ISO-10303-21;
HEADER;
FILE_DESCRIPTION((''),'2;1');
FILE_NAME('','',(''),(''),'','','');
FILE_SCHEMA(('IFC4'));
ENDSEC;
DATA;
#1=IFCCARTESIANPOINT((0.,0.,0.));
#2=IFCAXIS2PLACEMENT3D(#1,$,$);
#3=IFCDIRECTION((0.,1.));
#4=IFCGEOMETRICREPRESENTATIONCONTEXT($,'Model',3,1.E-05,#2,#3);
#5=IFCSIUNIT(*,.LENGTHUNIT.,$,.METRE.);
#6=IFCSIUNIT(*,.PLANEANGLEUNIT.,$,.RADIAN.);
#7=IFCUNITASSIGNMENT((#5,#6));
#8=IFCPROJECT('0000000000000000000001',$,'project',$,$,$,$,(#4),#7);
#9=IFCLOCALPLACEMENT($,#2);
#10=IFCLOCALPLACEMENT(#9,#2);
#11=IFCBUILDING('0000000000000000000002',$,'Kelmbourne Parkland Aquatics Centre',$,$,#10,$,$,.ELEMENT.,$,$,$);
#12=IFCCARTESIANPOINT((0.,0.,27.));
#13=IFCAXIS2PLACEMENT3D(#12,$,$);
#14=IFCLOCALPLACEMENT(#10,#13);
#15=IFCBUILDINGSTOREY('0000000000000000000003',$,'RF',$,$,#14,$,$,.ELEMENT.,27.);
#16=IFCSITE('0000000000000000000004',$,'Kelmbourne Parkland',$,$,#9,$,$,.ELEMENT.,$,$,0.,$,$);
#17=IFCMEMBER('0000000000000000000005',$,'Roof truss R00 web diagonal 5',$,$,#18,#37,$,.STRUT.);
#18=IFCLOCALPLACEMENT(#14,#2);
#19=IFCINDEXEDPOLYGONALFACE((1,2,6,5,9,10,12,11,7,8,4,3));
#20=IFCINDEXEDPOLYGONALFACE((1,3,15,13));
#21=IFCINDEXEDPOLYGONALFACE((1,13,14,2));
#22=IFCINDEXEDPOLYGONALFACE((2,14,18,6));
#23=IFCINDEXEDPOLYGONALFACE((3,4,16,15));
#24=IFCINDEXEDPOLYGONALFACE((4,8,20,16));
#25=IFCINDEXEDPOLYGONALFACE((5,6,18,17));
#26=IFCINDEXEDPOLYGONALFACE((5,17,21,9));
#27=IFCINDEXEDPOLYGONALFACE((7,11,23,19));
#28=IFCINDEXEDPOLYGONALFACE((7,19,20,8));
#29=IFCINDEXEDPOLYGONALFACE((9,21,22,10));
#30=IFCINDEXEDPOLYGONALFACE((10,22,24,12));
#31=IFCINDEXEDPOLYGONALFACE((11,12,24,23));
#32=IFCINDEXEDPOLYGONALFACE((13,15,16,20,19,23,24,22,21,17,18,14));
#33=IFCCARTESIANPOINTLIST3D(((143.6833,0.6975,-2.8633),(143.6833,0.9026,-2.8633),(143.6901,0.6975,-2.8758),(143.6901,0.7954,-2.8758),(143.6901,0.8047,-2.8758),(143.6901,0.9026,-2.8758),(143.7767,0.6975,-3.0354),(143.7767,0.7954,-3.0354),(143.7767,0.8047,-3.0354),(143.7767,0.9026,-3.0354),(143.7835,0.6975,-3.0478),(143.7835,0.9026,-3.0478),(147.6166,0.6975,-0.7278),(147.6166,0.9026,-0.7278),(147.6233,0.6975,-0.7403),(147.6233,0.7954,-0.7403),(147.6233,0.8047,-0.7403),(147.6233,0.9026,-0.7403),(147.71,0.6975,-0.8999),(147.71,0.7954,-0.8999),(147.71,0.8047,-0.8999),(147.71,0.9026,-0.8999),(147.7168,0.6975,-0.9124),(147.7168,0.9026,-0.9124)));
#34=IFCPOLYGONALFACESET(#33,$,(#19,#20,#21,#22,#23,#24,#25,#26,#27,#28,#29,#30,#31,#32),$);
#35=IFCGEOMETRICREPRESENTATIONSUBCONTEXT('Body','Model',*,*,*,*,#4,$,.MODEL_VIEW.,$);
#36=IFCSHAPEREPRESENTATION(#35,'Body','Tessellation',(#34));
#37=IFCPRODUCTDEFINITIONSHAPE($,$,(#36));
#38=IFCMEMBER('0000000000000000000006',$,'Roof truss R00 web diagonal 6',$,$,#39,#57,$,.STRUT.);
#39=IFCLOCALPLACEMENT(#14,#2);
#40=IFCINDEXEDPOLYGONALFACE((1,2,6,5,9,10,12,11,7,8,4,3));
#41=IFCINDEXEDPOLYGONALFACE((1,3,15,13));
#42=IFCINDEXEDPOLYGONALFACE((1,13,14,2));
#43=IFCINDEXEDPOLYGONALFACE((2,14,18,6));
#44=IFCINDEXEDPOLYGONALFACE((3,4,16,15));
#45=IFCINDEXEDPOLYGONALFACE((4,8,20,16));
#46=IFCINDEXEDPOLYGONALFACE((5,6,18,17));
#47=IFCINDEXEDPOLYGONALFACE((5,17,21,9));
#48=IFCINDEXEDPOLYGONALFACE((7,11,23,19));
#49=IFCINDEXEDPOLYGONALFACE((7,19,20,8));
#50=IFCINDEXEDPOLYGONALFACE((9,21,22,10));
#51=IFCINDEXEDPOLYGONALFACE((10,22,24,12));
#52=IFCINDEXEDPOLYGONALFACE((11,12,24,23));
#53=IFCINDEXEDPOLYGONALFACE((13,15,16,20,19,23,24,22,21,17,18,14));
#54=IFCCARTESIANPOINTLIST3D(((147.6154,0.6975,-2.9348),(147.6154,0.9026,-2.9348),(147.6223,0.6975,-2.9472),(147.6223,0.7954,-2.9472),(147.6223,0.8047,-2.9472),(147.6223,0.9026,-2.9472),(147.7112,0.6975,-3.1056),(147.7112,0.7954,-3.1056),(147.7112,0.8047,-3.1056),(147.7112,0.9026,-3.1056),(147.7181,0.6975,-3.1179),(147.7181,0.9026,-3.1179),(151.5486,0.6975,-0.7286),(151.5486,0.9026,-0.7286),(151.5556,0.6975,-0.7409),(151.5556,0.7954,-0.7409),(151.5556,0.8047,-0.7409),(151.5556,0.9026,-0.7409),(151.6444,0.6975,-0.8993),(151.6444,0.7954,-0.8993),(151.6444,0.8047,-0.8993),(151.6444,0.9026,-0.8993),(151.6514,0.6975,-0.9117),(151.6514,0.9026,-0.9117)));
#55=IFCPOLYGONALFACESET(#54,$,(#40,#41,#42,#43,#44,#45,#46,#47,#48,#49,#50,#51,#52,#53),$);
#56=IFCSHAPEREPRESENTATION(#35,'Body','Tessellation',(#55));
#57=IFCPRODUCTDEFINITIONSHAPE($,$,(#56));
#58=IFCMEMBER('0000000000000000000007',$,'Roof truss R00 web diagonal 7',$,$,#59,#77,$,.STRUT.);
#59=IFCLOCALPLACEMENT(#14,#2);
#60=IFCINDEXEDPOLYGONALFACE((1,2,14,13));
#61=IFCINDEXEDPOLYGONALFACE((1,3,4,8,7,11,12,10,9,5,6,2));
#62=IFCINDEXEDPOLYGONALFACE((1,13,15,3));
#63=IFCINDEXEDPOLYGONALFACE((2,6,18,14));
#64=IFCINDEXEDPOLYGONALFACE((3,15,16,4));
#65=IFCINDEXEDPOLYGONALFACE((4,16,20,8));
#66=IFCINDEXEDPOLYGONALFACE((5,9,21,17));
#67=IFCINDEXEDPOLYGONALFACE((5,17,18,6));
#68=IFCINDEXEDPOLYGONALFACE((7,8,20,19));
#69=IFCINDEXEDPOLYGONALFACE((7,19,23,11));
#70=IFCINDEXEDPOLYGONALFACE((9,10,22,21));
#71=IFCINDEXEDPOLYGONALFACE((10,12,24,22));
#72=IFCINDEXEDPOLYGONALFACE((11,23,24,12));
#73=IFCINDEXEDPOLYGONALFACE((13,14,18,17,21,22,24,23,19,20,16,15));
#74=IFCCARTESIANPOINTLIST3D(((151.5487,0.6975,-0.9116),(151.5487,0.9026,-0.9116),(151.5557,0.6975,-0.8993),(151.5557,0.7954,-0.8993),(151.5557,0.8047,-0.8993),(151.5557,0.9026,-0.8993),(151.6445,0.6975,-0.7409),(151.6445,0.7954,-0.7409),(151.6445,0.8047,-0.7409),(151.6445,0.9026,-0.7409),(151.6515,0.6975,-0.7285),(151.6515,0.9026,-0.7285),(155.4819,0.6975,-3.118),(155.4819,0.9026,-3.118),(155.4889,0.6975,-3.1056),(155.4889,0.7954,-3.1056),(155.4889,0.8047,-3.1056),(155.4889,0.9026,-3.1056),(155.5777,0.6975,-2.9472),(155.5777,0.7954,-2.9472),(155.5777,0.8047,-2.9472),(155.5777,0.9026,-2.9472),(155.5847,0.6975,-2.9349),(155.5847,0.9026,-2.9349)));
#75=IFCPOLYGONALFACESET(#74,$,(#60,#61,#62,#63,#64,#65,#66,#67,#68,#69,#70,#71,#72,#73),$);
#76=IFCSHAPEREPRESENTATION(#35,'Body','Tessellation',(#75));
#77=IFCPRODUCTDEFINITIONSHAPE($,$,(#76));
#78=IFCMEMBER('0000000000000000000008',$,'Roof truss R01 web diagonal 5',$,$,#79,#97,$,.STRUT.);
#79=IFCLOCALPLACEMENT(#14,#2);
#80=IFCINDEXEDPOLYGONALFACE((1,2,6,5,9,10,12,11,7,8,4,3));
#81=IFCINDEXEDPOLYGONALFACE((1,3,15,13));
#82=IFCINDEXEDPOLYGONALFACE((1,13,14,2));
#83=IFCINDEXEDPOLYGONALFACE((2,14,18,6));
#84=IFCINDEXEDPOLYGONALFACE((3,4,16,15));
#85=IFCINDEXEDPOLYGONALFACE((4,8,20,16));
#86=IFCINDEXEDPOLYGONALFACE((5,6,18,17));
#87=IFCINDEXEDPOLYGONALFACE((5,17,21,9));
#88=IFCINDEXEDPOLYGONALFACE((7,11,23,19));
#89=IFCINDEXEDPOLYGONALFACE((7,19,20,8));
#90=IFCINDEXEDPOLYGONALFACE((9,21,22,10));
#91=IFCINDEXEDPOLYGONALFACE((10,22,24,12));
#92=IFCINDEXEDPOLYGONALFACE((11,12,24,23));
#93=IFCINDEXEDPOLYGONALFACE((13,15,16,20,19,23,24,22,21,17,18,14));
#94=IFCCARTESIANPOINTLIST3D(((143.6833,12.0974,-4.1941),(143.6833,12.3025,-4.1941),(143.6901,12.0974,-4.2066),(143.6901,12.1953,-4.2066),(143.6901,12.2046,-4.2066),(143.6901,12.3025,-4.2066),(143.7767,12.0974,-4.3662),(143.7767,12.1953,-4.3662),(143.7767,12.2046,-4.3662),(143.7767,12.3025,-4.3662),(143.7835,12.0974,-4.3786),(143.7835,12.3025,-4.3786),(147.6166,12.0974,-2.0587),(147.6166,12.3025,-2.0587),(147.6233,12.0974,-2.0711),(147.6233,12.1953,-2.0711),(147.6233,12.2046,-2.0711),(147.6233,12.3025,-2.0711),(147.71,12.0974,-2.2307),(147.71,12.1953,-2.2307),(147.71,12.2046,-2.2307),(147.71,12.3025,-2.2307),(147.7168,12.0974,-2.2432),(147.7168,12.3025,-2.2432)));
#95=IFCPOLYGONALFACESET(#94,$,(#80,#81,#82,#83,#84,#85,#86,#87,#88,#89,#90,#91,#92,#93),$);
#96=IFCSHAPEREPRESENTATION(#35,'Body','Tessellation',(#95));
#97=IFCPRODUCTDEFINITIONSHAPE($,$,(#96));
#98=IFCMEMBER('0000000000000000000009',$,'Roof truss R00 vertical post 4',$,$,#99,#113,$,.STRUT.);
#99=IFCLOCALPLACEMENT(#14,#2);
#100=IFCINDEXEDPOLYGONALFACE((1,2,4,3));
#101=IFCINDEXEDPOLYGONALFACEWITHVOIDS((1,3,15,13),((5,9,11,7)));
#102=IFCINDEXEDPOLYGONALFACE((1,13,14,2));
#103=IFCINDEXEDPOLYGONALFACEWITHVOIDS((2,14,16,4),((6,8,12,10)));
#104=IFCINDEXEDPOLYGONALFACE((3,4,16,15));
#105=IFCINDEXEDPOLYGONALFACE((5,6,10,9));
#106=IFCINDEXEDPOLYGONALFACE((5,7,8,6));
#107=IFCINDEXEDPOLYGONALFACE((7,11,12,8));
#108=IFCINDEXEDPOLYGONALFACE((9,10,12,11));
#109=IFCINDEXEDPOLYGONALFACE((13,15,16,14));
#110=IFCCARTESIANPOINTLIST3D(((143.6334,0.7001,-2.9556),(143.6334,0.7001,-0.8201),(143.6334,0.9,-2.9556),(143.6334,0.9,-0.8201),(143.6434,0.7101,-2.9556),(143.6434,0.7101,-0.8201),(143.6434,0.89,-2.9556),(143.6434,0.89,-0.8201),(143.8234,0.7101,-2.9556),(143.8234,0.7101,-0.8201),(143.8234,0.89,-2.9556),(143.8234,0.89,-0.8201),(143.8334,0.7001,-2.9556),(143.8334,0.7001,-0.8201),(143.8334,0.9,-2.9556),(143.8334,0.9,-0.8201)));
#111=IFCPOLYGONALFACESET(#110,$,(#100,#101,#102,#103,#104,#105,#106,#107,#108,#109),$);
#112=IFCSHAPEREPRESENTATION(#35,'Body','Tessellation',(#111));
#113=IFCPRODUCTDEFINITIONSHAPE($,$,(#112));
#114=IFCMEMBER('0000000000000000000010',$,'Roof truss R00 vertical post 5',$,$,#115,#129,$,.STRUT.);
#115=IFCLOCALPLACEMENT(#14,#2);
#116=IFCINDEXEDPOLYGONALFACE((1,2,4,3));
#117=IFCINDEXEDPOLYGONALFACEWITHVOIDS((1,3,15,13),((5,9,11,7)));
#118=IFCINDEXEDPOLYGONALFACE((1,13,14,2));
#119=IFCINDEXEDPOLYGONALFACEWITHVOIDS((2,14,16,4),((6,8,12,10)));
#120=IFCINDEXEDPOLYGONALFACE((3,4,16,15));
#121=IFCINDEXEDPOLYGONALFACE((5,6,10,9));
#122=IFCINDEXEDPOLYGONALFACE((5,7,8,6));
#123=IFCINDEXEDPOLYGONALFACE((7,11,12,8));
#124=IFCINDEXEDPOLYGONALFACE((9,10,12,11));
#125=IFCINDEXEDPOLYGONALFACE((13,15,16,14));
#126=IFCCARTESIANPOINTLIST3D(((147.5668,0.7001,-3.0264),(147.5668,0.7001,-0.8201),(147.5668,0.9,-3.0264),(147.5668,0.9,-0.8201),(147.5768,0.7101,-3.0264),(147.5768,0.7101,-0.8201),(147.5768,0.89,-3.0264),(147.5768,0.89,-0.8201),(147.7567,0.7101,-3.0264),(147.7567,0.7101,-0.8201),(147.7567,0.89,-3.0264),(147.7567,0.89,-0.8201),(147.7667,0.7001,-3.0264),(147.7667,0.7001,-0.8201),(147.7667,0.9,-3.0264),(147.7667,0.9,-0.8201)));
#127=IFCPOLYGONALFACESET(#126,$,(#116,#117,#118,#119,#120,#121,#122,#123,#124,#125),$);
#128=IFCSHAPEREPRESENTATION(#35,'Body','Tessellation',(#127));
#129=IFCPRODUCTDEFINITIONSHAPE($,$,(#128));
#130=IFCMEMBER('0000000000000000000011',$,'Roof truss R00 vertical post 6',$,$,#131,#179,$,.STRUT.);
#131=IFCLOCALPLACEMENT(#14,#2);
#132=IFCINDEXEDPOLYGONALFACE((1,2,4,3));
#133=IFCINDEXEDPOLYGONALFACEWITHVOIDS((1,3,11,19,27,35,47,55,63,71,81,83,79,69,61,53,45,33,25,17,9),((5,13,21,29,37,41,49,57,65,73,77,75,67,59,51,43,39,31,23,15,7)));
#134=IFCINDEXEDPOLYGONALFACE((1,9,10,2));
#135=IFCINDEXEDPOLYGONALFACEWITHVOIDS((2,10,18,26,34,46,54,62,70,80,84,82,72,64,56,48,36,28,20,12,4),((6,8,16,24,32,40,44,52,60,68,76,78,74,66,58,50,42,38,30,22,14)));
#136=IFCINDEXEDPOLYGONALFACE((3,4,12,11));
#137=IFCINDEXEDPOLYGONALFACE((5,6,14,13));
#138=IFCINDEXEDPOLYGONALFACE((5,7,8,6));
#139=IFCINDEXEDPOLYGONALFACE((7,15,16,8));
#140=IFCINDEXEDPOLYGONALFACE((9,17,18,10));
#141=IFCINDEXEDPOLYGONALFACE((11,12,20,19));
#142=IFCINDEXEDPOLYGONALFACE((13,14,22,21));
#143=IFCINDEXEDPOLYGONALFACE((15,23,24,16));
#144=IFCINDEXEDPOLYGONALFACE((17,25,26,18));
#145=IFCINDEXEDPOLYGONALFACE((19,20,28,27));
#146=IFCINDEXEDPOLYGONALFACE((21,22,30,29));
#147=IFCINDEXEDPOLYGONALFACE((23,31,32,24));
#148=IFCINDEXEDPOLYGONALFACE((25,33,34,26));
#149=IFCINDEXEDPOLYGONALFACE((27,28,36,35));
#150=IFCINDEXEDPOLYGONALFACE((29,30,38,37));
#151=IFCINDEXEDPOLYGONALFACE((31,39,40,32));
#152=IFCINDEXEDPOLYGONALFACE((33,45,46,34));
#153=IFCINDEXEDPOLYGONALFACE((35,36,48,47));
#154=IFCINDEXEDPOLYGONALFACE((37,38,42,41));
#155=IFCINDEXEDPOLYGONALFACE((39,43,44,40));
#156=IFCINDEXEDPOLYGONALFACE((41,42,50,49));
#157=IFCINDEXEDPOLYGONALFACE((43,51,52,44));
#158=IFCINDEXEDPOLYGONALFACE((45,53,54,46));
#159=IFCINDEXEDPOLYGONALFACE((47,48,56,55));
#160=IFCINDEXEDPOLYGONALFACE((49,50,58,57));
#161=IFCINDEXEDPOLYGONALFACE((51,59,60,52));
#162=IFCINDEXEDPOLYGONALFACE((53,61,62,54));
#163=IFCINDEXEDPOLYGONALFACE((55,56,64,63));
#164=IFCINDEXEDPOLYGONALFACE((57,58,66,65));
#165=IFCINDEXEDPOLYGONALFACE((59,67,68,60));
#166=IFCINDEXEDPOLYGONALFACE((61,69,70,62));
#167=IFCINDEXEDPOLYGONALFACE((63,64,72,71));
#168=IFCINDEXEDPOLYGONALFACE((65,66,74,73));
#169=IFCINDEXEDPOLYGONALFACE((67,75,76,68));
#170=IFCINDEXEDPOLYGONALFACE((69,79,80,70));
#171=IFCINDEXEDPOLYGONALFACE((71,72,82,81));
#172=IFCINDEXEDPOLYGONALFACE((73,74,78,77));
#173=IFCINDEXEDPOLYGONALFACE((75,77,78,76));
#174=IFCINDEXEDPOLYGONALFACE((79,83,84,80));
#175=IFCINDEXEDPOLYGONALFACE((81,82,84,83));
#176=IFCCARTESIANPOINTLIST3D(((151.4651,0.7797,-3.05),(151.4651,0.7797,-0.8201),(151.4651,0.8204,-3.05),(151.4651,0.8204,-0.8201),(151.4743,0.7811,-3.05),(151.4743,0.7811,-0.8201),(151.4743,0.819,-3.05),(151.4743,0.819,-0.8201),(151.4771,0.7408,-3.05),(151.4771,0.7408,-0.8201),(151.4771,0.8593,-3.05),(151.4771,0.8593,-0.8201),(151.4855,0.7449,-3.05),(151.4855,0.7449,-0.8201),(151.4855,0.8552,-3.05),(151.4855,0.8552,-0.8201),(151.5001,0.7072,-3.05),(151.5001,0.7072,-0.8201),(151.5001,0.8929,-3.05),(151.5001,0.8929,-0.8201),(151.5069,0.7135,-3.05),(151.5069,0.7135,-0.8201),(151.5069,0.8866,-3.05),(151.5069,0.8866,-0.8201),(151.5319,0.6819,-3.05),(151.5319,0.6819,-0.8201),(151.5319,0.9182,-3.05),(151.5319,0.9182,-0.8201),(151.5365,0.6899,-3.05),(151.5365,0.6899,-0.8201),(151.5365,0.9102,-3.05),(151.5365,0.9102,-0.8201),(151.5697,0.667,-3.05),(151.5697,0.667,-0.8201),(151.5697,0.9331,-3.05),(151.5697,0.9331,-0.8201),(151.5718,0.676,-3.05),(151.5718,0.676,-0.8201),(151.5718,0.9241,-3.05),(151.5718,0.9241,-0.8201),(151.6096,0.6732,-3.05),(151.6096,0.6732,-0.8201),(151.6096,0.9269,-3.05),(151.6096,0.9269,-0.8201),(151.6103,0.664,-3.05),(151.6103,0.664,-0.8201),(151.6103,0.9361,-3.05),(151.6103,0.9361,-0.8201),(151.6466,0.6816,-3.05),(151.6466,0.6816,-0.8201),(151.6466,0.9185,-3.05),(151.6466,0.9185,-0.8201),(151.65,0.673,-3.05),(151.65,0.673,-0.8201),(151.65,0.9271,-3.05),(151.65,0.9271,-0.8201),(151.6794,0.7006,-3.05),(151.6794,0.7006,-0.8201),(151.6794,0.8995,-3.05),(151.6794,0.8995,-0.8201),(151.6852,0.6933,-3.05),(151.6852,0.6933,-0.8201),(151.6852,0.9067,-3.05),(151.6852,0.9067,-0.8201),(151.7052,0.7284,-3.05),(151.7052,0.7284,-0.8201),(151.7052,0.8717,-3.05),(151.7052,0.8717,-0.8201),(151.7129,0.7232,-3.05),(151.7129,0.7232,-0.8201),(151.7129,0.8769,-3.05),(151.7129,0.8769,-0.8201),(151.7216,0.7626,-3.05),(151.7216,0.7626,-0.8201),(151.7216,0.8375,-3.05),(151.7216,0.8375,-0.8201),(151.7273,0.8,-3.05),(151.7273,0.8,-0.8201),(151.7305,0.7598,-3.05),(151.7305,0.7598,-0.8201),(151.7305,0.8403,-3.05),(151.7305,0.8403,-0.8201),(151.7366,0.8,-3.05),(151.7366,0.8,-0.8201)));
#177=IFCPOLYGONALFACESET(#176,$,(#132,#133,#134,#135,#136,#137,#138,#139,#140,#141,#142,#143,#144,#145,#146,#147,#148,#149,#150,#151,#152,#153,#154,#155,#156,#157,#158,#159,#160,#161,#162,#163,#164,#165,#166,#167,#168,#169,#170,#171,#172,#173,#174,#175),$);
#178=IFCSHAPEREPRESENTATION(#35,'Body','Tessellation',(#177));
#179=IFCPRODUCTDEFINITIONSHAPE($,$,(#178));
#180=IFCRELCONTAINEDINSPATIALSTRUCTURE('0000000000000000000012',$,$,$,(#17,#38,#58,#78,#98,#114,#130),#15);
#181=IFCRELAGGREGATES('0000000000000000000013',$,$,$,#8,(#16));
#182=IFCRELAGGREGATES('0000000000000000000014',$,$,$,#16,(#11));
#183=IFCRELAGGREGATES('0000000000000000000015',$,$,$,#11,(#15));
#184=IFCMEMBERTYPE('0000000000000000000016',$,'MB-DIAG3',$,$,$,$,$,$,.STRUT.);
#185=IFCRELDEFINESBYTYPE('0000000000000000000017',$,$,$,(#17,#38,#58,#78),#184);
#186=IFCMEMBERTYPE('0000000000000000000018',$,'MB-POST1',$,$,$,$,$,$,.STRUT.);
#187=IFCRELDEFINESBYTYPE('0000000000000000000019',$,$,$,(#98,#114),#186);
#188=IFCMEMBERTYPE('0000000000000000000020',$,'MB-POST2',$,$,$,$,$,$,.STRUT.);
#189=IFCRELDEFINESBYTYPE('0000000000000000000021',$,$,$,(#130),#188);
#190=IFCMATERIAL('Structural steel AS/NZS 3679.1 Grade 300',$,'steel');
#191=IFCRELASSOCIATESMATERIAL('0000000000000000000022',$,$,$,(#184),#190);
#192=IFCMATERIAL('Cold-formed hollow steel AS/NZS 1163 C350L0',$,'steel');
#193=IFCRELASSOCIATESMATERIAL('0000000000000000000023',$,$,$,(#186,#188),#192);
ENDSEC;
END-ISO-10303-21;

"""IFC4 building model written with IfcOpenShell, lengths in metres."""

from ifc_helpers import new_model, si_unit, direction, frame, origin, origin_2d, place, context, subcontext, project, spatial, hollow_rectangle, hollow_circle, i_section, extrude, material, material_profile, profile_set, type_object, element, save


model = new_model("IFC4")

# Units and contexts
model_context = context("Model", 3, precision=1e-05, world=origin(), true_north=direction((0.0, 1.0)))
body_context = subcontext(model_context, "Body", "Model", "MODEL_VIEW")
ifc_project = project(units=[si_unit("LENGTHUNIT", "METRE"), si_unit("PLANEANGLEUNIT", "RADIAN")], contexts=[model_context])

# Site, building, storey
site_placement = place(None, origin())
site = spatial("IfcSite", under=ifc_project, at=site_placement, Name="Kelmbourne Parkland", CompositionType="ELEMENT", RefElevation=0.0)
building_placement = place(site_placement, origin())
building = spatial("IfcBuilding", under=site, at=building_placement, Name="Kelmbourne Parkland Aquatics Centre", CompositionType="ELEMENT")
storey_placement = place(building_placement, frame((0.0, 0.0, 27.0)))
storey = spatial("IfcBuildingStorey", under=building, at=storey_placement, Name="RF", CompositionType="ELEMENT", Elevation=27.0)

# Members
ifc_material_1 = material(Name="Structural steel AS/NZS 3679.1 Grade 300", Category="steel")
ifc_material_profile_1 = material_profile(ifc_material_1, i_section(OverallWidth=0.2051, OverallDepth=0.21, WebThickness=0.0093, FlangeThickness=0.0142, at=origin_2d()), Name="200UC59.5")
ifc_profile_set_1 = profile_set([ifc_material_profile_1], Name="Structural steel AS/NZS 3679.1 Grade 300")
member_type_1 = type_object("IfcMemberType", Name="MB-DIAG3", PredefinedType="STRUT", material=ifc_profile_set_1)
member_1_placement = place(storey_placement, frame((143.7334, 0.8, -2.9556), z_axis=(0.87883, 0.0, 0.477135), x_axis=(0.0, 1.0, 0.0)))
element("IfcMember", 1, at=member_1_placement, inside=storey, type_object=member_type_1, Name="Roof truss R00 web diagonal 5", PredefinedType="STRUT", context=body_context, shape_type="SweptSolid", body=[
    extrude(i_section(OverallWidth=0.2051, OverallDepth=0.21, WebThickness=0.0093, FlangeThickness=0.0142, at=origin_2d()), origin(), (0.0, 0.0, 1.0), 4.4756),
])
for number, where, z_axis, x_axis, name in (
    (2, (147.6667, 0.8, -3.0264), (0.872163, 0.0, 0.489215), (0.0, 1.0, 0.0), "Roof truss R00 web diagonal 6"),
    (3, (151.6001, 0.8, -0.8201), (0.87215, 0.0, -0.489238), (0.0, 1.0, 0.0), "Roof truss R00 web diagonal 7"),
):
    element("IfcMember", number, at=place(storey_placement, frame(where, z_axis=z_axis, x_axis=x_axis)), inside=storey, type_object=member_type_1, Name=name, PredefinedType="STRUT", context=body_context, shape_type="SweptSolid", body=[
        extrude(i_section(OverallWidth=0.2051, OverallDepth=0.21, WebThickness=0.0093, FlangeThickness=0.0142, at=origin_2d()), origin(), (0.0, 0.0, 1.0), 4.5098),
    ])
member_2_placement = place(storey_placement, frame((143.7334, 12.2, -4.2864), z_axis=(0.87883, 0.0, 0.477135), x_axis=(0.0, 1.0, 0.0)))
element("IfcMember", 4, at=member_2_placement, inside=storey, type_object=member_type_1, Name="Roof truss R01 web diagonal 5", PredefinedType="STRUT", context=body_context, shape_type="SweptSolid", body=[
    extrude(i_section(OverallWidth=0.2051, OverallDepth=0.21, WebThickness=0.0093, FlangeThickness=0.0142, at=origin_2d()), origin(), (0.0, 0.0, 1.0), 4.4756),
])
ifc_material_2 = material(Name="Cold-formed hollow steel AS/NZS 1163 C350L0", Category="steel")
ifc_material_profile_2 = material_profile(ifc_material_2, hollow_rectangle(XDim=0.2, YDim=0.2, WallThickness=0.01, at=origin_2d()), Name="SHS 200x200x10.0")
ifc_profile_set_2 = profile_set([ifc_material_profile_2], Name="Cold-formed hollow steel AS/NZS 1163 C350L0")
member_type_2 = type_object("IfcMemberType", Name="MB-POST1", PredefinedType="STRUT", material=ifc_profile_set_2)
member_3_placement = place(storey_placement, frame((143.7334, 0.8, -2.9556), z_axis=(0.0, 0.0, 1.0), x_axis=(1.0, 0.0, 0.0)))
element("IfcMember", 5, at=member_3_placement, inside=storey, type_object=member_type_2, Name="Roof truss R00 vertical post 4", PredefinedType="STRUT", context=body_context, shape_type="SweptSolid", body=[
    extrude(hollow_rectangle(XDim=0.2, YDim=0.2, WallThickness=0.01, at=origin_2d()), origin(), (0.0, 0.0, 1.0), 2.1355),
])
member_4_placement = place(storey_placement, frame((147.6667, 0.8, -3.0264), z_axis=(0.0, 0.0, 1.0), x_axis=(1.0, 0.0, 0.0)))
element("IfcMember", 6, at=member_4_placement, inside=storey, type_object=member_type_2, Name="Roof truss R00 vertical post 5", PredefinedType="STRUT", context=body_context, shape_type="SweptSolid", body=[
    extrude(hollow_rectangle(XDim=0.2, YDim=0.2, WallThickness=0.01, at=origin_2d()), origin(), (0.0, 0.0, 1.0), 2.2063),
])
ifc_material_profile_3 = material_profile(ifc_material_2, hollow_circle(Radius=0.1365, WallThickness=0.0093, at=origin_2d()), Name="CHS 273.1x9.3")
ifc_profile_set_3 = profile_set([ifc_material_profile_3], Name="Cold-formed hollow steel AS/NZS 1163 C350L0")
member_type_3 = type_object("IfcMemberType", Name="MB-POST2", PredefinedType="STRUT", material=ifc_profile_set_3)
member_5_placement = place(storey_placement, frame((151.6001, 0.8, -3.05), z_axis=(0.0, 0.0, 1.0), x_axis=(1.0, 0.0, 0.0)))
element("IfcMember", 7, at=member_5_placement, inside=storey, type_object=member_type_3, Name="Roof truss R00 vertical post 6", PredefinedType="STRUT", context=body_context, shape_type="SweptSolid", body=[
    extrude(hollow_circle(Radius=0.1365, WallThickness=0.0093, at=origin_2d()), origin(), (0.0, 0.0, 1.0), 2.23),
])

save(model, "model.ifc")
